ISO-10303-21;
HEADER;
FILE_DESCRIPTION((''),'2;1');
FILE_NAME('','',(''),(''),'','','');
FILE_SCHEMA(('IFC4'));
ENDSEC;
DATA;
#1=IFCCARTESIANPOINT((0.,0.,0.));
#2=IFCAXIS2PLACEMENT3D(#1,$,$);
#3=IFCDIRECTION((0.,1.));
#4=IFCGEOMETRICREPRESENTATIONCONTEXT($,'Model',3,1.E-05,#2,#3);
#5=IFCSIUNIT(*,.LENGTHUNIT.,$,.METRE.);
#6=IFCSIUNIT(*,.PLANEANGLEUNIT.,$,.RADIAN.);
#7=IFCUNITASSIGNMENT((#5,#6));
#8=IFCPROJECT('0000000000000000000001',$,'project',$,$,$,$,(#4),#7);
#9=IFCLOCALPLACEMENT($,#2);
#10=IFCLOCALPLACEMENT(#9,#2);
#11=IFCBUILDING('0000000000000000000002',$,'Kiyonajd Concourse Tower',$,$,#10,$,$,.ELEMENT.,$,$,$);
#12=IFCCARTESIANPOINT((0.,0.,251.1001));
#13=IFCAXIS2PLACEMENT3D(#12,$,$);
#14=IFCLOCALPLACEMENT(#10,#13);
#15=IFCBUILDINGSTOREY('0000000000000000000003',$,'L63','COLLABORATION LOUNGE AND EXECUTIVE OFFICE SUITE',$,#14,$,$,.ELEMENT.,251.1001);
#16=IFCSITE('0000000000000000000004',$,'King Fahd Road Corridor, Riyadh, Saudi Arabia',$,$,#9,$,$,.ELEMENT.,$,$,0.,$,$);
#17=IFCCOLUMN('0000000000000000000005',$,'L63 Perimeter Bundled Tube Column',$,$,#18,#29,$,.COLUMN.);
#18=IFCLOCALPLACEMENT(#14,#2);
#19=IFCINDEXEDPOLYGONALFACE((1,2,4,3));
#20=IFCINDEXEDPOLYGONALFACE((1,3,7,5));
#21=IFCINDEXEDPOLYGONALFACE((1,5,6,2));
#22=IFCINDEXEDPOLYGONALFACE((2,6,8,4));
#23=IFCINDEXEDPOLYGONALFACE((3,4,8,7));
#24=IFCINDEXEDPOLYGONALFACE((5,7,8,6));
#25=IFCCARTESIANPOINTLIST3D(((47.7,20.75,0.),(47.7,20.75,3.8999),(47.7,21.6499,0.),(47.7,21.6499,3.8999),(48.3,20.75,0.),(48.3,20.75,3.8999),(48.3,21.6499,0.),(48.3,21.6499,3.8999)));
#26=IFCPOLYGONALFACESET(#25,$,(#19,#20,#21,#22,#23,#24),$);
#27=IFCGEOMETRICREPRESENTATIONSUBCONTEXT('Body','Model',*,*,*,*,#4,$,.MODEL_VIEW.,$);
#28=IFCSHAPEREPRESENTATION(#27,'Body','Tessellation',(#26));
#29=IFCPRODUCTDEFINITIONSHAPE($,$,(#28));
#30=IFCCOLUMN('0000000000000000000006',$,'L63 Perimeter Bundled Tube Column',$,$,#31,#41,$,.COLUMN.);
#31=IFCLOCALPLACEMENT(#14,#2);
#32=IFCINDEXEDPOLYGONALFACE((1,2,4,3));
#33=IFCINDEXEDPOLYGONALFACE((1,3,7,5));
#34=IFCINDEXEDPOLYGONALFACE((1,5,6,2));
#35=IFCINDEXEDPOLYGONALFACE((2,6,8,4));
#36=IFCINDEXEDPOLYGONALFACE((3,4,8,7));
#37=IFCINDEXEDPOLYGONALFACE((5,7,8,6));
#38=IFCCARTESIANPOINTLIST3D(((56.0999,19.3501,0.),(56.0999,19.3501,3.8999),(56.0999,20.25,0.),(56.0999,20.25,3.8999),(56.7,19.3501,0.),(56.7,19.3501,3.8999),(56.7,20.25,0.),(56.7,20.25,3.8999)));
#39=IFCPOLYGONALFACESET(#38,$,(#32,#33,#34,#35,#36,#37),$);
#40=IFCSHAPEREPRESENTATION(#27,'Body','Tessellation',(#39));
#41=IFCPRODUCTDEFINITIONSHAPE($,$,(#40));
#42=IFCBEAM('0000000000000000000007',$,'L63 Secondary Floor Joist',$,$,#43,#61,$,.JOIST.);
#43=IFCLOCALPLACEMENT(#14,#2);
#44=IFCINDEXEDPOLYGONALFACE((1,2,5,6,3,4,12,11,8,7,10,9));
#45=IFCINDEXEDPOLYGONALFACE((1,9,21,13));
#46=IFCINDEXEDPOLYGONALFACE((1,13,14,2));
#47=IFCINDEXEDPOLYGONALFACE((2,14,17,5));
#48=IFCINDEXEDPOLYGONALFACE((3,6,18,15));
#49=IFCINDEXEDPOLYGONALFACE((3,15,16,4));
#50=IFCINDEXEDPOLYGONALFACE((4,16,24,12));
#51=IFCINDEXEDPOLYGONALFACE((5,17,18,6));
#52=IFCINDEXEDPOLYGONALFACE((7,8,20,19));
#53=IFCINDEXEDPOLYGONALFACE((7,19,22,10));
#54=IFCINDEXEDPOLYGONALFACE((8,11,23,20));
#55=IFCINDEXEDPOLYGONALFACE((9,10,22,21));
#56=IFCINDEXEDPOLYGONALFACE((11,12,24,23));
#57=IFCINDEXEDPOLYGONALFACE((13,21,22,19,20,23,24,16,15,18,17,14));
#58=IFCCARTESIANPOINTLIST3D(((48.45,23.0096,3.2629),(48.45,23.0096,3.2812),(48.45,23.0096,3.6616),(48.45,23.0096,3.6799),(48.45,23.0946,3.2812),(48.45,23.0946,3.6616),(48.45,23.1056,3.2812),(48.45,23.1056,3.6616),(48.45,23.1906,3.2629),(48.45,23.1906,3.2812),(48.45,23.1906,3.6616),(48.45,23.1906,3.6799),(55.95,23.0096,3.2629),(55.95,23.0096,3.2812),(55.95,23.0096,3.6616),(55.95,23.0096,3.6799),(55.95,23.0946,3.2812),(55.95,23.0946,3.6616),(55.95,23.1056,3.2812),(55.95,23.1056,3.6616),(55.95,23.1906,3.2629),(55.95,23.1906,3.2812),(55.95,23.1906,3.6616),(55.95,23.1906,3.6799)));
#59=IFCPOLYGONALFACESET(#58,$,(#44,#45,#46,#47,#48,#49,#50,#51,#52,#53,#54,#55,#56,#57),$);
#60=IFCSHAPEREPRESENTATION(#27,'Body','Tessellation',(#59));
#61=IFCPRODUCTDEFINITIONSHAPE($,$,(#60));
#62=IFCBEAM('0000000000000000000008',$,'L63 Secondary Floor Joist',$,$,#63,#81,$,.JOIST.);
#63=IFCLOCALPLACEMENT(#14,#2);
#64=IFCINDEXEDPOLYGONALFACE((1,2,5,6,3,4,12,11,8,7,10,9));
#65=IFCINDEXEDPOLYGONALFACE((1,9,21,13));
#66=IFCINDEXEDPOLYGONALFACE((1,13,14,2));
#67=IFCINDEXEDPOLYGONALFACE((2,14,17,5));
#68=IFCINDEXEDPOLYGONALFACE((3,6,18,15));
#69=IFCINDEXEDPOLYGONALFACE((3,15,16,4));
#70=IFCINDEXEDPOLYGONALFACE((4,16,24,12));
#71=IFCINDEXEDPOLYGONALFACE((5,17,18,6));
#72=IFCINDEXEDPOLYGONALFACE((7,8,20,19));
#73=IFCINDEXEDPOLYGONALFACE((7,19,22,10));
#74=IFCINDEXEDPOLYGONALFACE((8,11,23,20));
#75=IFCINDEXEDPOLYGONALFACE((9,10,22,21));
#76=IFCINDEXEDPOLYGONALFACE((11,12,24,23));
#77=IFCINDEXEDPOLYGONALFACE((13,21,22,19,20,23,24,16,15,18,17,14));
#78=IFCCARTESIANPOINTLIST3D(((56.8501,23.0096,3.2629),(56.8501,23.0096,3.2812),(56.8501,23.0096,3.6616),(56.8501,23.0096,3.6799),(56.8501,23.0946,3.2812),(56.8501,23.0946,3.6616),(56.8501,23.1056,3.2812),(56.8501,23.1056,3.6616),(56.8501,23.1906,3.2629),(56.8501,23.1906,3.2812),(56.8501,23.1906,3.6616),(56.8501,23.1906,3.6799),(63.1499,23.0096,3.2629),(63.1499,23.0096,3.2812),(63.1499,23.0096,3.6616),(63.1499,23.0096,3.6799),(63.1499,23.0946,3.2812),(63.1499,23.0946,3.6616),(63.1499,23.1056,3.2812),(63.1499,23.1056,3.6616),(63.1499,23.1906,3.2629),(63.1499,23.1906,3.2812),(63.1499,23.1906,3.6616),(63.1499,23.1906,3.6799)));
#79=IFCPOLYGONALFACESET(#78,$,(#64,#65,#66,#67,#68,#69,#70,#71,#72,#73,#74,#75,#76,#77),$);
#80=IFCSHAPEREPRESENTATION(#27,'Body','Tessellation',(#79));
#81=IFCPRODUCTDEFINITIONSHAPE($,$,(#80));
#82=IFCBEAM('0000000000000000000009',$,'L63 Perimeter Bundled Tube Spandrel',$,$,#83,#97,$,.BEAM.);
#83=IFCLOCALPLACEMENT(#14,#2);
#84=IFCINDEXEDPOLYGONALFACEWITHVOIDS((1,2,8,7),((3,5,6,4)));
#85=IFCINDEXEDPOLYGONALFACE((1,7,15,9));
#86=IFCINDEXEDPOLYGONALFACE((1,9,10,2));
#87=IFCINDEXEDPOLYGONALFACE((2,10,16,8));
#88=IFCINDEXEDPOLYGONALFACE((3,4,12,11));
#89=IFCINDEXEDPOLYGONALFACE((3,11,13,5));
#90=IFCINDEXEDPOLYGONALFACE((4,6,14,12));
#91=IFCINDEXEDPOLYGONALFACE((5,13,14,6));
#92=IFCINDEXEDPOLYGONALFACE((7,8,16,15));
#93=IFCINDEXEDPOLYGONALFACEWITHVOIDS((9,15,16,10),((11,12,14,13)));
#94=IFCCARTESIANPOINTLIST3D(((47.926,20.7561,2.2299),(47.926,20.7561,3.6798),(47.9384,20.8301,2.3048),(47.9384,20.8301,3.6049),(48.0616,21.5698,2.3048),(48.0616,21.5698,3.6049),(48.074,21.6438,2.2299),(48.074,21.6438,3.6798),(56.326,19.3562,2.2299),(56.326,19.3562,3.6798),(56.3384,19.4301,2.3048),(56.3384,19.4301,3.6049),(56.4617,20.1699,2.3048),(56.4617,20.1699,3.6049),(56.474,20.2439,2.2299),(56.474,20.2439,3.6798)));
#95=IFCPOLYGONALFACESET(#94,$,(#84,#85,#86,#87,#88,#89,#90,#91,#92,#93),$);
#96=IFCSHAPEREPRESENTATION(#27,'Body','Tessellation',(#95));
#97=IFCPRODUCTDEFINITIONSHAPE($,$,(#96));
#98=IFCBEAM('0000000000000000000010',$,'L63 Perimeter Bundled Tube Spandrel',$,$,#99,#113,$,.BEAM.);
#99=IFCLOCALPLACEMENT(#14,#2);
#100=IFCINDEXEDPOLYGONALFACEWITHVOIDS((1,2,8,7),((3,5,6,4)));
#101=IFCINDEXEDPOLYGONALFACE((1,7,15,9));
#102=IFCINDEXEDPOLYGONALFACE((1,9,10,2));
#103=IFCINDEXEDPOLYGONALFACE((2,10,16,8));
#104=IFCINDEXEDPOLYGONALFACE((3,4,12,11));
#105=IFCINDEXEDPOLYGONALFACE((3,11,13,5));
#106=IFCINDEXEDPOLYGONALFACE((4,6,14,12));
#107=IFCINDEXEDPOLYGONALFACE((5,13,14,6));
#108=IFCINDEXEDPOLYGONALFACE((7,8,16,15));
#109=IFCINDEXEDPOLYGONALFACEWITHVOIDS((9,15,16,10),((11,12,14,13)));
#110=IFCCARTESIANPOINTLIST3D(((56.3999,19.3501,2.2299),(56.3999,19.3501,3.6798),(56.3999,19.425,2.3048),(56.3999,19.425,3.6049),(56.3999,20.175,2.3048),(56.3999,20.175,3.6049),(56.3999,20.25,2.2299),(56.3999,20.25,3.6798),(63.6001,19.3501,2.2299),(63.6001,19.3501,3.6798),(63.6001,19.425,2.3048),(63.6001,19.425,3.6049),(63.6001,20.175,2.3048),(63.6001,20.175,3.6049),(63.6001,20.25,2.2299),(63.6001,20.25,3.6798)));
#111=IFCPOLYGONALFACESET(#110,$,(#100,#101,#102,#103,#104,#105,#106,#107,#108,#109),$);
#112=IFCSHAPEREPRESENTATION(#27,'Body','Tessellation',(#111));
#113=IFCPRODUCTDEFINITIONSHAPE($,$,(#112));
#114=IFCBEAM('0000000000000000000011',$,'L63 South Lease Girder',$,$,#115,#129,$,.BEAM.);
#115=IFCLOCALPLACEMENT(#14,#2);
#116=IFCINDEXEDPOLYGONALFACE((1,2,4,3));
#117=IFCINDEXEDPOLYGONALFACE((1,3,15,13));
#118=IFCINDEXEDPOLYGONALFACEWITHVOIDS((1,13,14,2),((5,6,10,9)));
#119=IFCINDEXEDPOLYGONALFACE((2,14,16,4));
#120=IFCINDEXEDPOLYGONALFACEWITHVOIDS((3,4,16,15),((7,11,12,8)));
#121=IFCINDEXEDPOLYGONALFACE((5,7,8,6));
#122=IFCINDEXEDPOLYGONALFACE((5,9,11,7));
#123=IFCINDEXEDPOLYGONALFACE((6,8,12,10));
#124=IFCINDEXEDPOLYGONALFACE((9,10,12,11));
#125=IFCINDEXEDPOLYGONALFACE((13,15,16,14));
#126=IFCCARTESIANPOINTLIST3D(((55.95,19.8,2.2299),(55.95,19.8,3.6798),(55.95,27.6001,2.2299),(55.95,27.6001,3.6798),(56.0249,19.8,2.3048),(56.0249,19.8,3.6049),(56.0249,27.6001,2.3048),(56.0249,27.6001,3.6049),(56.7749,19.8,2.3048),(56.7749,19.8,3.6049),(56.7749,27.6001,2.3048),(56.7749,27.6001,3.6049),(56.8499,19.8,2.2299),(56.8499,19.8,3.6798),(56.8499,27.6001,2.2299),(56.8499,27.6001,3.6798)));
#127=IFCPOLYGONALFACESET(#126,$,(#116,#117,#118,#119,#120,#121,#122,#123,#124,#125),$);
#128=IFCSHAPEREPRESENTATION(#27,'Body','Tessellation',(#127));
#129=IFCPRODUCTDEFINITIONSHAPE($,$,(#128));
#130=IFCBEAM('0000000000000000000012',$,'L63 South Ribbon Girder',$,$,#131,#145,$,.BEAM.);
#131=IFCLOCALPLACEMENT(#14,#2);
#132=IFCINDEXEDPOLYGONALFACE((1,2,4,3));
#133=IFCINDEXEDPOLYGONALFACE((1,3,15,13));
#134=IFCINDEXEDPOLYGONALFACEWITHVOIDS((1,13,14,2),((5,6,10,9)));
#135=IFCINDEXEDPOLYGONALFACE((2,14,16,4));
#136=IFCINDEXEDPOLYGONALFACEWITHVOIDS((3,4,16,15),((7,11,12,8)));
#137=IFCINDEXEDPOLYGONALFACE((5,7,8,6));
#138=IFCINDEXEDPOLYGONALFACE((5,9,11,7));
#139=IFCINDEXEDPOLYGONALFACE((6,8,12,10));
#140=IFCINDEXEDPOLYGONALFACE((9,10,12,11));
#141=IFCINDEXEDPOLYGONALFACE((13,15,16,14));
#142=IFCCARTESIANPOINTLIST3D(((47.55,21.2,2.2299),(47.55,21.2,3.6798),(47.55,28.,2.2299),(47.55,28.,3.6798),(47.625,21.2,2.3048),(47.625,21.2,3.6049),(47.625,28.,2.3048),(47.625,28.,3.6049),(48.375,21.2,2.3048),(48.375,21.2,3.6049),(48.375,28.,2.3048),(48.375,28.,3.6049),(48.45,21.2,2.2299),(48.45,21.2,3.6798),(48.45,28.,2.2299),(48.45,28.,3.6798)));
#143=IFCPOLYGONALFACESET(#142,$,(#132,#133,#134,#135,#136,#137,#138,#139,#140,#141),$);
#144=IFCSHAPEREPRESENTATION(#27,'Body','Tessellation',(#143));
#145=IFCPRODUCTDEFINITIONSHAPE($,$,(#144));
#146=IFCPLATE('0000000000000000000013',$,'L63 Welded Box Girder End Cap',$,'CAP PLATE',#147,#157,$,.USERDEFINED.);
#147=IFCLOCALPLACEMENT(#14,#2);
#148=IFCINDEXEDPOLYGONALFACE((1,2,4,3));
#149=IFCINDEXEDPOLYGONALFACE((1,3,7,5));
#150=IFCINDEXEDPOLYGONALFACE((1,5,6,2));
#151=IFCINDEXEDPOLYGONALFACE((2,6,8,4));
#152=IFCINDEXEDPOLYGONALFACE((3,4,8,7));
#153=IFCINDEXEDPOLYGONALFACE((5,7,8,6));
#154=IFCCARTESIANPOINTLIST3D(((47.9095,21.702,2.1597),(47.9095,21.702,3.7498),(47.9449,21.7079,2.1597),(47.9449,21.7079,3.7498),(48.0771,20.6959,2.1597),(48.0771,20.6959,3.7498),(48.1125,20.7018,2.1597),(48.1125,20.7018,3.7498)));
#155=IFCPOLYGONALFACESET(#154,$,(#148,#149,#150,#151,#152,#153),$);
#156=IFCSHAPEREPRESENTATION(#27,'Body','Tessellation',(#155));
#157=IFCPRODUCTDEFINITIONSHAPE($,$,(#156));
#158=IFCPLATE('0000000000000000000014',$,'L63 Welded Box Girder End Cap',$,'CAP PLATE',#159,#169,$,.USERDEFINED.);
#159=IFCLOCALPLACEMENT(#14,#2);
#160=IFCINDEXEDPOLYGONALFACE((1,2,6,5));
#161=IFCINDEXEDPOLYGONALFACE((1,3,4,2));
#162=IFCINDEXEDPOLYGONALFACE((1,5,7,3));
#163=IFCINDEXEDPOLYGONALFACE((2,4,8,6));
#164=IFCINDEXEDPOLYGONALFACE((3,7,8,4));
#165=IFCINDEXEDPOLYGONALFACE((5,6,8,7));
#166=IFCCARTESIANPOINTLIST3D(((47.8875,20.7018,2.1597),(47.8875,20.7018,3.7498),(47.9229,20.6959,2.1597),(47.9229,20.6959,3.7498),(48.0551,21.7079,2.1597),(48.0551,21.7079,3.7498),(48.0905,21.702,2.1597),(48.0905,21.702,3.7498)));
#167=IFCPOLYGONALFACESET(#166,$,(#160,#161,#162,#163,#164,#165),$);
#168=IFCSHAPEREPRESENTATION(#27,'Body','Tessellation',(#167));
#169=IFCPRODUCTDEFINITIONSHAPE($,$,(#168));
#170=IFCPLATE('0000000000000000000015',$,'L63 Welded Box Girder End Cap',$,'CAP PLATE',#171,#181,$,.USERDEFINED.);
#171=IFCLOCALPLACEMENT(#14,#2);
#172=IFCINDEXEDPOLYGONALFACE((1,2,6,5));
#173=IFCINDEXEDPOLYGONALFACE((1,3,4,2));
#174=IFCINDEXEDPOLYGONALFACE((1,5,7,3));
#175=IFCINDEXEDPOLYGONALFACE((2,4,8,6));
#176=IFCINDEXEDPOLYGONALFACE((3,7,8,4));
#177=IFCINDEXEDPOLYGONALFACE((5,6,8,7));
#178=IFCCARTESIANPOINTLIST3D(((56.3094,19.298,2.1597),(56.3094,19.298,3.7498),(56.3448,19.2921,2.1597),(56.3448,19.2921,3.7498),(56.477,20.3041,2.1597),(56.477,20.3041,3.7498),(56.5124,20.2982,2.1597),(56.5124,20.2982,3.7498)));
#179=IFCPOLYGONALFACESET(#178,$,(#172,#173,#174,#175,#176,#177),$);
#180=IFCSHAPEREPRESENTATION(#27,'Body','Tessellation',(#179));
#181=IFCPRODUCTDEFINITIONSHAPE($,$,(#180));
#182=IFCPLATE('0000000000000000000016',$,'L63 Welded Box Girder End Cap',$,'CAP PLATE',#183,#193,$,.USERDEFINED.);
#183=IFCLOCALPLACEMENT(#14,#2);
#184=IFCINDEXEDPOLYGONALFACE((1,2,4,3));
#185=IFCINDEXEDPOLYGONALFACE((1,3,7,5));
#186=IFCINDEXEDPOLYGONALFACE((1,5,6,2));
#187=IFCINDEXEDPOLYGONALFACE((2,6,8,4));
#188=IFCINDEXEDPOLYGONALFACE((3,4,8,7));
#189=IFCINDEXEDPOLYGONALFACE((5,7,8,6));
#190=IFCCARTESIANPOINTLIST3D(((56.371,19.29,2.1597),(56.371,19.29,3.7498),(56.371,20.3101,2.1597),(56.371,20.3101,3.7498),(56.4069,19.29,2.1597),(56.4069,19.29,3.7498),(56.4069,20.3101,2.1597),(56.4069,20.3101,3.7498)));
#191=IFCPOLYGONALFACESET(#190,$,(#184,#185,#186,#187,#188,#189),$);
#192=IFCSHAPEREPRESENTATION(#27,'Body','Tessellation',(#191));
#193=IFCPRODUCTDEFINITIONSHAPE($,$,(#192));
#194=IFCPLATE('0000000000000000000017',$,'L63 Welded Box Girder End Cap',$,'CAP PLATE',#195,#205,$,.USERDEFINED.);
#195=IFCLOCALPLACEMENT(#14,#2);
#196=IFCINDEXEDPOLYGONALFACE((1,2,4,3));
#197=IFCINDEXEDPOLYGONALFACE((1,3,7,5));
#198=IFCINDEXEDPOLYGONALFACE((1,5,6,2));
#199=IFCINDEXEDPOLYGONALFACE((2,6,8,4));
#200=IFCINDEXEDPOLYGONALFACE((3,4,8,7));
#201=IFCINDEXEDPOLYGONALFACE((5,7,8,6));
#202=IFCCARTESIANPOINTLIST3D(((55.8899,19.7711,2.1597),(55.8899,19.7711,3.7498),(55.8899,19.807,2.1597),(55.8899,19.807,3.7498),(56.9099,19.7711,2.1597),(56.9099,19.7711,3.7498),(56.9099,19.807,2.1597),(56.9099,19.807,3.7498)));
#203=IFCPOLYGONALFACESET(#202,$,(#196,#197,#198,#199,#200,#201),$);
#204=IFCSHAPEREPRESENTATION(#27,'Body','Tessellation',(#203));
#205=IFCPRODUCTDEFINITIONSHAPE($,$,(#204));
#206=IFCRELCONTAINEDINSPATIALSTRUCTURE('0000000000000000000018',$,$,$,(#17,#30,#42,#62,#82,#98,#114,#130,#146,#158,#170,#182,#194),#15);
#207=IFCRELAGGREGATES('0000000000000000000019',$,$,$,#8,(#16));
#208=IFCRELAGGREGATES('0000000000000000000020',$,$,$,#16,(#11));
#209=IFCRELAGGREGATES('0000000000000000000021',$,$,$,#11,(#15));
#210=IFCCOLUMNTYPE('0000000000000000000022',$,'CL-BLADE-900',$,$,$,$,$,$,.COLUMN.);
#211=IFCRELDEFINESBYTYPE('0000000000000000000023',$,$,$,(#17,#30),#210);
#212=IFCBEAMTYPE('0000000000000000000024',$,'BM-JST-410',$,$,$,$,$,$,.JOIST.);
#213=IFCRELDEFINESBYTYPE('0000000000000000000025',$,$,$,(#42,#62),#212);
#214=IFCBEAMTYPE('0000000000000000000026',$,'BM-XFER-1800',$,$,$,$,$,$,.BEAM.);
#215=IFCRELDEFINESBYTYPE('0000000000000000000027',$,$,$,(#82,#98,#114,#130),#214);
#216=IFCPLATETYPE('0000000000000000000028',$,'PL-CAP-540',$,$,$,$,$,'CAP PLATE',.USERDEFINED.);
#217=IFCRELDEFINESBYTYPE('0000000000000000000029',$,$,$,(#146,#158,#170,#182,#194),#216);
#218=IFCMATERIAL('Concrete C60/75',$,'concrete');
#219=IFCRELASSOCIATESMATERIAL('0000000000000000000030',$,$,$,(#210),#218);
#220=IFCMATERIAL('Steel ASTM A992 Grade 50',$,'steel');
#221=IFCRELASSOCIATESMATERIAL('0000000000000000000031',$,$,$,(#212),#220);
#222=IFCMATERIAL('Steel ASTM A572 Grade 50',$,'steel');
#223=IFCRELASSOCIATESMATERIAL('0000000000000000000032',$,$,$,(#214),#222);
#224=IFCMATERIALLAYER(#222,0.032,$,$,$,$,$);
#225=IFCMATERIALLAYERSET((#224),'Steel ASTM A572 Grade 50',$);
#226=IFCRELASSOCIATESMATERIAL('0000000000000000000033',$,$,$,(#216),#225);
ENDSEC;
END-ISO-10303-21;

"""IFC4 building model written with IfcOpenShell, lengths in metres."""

from ifc_helpers import new_model, si_unit, direction, frame, origin, origin_2d, place, context, subcontext, project, spatial, rectangle, hollow_rectangle, i_section, extrude, material, layer, layer_set, material_profile, profile_set, type_object, element, save


model = new_model("IFC4")

# Units and contexts
model_context = context("Model", 3, precision=1e-05, world=origin(), true_north=direction((0.0, 1.0)))
body_context = subcontext(model_context, "Body", "Model", "MODEL_VIEW")
ifc_project = project(units=[si_unit("LENGTHUNIT", "METRE"), si_unit("PLANEANGLEUNIT", "RADIAN")], contexts=[model_context])

# Site, building, storey
site_placement = place(None, origin())
site = spatial("IfcSite", under=ifc_project, at=site_placement, Name="King Fahd Road Corridor, Riyadh, Saudi Arabia", CompositionType="ELEMENT", RefElevation=0.0)
building_placement = place(site_placement, origin())
building = spatial("IfcBuilding", under=site, at=building_placement, Name="Kiyonajd Concourse Tower", CompositionType="ELEMENT")
storey_placement = place(building_placement, frame((0.0, 0.0, 251.1001)))
storey = spatial("IfcBuildingStorey", under=building, at=storey_placement, Name="L63", Description="COLLABORATION LOUNGE AND EXECUTIVE OFFICE SUITE", CompositionType="ELEMENT", Elevation=251.1001)

# Columns
ifc_material_1 = material(Name="Concrete C60/75", Category="concrete")
ifc_material_profile_1 = material_profile(ifc_material_1, rectangle(XDim=0.6001, YDim=0.8999, at=origin_2d()), Name="RC-900x600")
ifc_profile_set_1 = profile_set([ifc_material_profile_1], Name="Concrete C60/75")
column_type = type_object("IfcColumnType", Name="CL-BLADE-900", PredefinedType="COLUMN", material=ifc_profile_set_1)
for number, where, z_axis, x_axis, name in (
    (1, (48.0, 21.2, 0.0), (0.0, 0.0, 1.0), (1.0, 0.0, 0.0), "L63 Perimeter Bundled Tube Column"),
    (2, (56.3999, 19.8, 0.0), (0.0, 0.0, 1.0), (1.0, 0.0, 0.0), "L63 Perimeter Bundled Tube Column"),
):
    element("IfcColumn", number, at=place(storey_placement, frame(where, z_axis=z_axis, x_axis=x_axis)), inside=storey, type_object=column_type, Name=name, PredefinedType="COLUMN", context=body_context, shape_type="SweptSolid", body=[
        extrude(rectangle(XDim=0.6001, YDim=0.8999, at=origin_2d()), origin(), (0.0, 0.0, 1.0), 3.8999),
    ])

# Beams
ifc_material_2 = material(Name="Steel ASTM A992 Grade 50", Category="steel")
ifc_material_profile_2 = material_profile(ifc_material_2, i_section(OverallWidth=0.1809, OverallDepth=0.417, WebThickness=0.011, FlangeThickness=0.0183, at=origin_2d()), Name="W410X85")
ifc_profile_set_2 = profile_set([ifc_material_profile_2], Name="Steel ASTM A992 Grade 50")
beam_type_1 = type_object("IfcBeamType", Name="BM-JST-410", PredefinedType="JOIST", material=ifc_profile_set_2)
beam_1_placement = place(storey_placement, frame((48.45, 23.1001, 3.4714), z_axis=(1.0, 0.0, 0.0), x_axis=(0.0, 1.0, 0.0)))
element("IfcBeam", 3, at=beam_1_placement, inside=storey, type_object=beam_type_1, Name="L63 Secondary Floor Joist", PredefinedType="JOIST", context=body_context, shape_type="SweptSolid", body=[
    extrude(i_section(OverallWidth=0.1809, OverallDepth=0.417, WebThickness=0.011, FlangeThickness=0.0183, at=origin_2d()), origin(), (0.0, 0.0, 1.0), 7.5),
])
beam_2_placement = place(storey_placement, frame((56.8501, 23.1001, 3.4714), z_axis=(1.0, 0.0, 0.0), x_axis=(0.0, 1.0, 0.0)))
element("IfcBeam", 4, at=beam_2_placement, inside=storey, type_object=beam_type_1, Name="L63 Secondary Floor Joist", PredefinedType="JOIST", context=body_context, shape_type="SweptSolid", body=[
    extrude(i_section(OverallWidth=0.1809, OverallDepth=0.417, WebThickness=0.011, FlangeThickness=0.0183, at=origin_2d()), origin(), (0.0, 0.0, 1.0), 6.2998),
])
ifc_material_3 = material(Name="Steel ASTM A572 Grade 50", Category="steel")
ifc_material_profile_3 = material_profile(ifc_material_3, hollow_rectangle(XDim=0.8999, YDim=1.45, WallThickness=0.075, at=origin_2d()), Name="BOX-1450x900x75")
ifc_profile_set_3 = profile_set([ifc_material_profile_3], Name="Steel ASTM A572 Grade 50")
beam_type_2 = type_object("IfcBeamType", Name="BM-XFER-1800", PredefinedType="BEAM", material=ifc_profile_set_3)
beam_3_placement = place(storey_placement, frame((48.0, 21.2, 2.9548), z_axis=(0.986395, -0.16439, 0.0), x_axis=(0.16439, 0.986395, 0.0)))
element("IfcBeam", 5, at=beam_3_placement, inside=storey, type_object=beam_type_2, Name="L63 Perimeter Bundled Tube Spandrel", PredefinedType="BEAM", context=body_context, shape_type="SweptSolid", body=[
    extrude(hollow_rectangle(XDim=0.8999, YDim=1.45, WallThickness=0.075, at=origin_2d()), origin(), (0.0, 0.0, 1.0), 8.5159),
])
beam_4_placement = place(storey_placement, frame((56.3999, 19.8, 2.9548), z_axis=(1.0, 0.0, 0.0), x_axis=(0.0, 1.0, 0.0)))
element("IfcBeam", 6, at=beam_4_placement, inside=storey, type_object=beam_type_2, Name="L63 Perimeter Bundled Tube Spandrel", PredefinedType="BEAM", context=body_context, shape_type="SweptSolid", body=[
    extrude(hollow_rectangle(XDim=0.8999, YDim=1.45, WallThickness=0.075, at=origin_2d()), origin(), (0.0, 0.0, 1.0), 7.2002),
])
beam_5_placement = place(storey_placement, frame((56.3999, 19.8, 2.9548), z_axis=(0.0, 1.0, 0.0), x_axis=(-1.0, 0.0, 0.0)))
element("IfcBeam", 7, at=beam_5_placement, inside=storey, type_object=beam_type_2, Name="L63 South Lease Girder", PredefinedType="BEAM", context=body_context, shape_type="SweptSolid", body=[
    extrude(hollow_rectangle(XDim=0.8999, YDim=1.45, WallThickness=0.075, at=origin_2d()), origin(), (0.0, 0.0, 1.0), 7.8),
])
beam_6_placement = place(storey_placement, frame((48.0, 21.2, 2.9548), z_axis=(0.0, 1.0, 0.0), x_axis=(-1.0, 0.0, 0.0)))
element("IfcBeam", 8, at=beam_6_placement, inside=storey, type_object=beam_type_2, Name="L63 South Ribbon Girder", PredefinedType="BEAM", context=body_context, shape_type="SweptSolid", body=[
    extrude(hollow_rectangle(XDim=0.8999, YDim=1.45, WallThickness=0.075, at=origin_2d()), origin(), (0.0, 0.0, 1.0), 6.8),
])

# Plates
ifc_layer_1 = layer(ifc_material_3, 0.032)
ifc_layer_set_1 = layer_set([ifc_layer_1], Name="Steel ASTM A572 Grade 50")
plate_type_1 = type_object("IfcPlateType", Name="PL-CAP-540", ElementType="CAP PLATE", PredefinedType="USERDEFINED", material=ifc_layer_set_1)
for number, where, z_axis, x_axis, name in (
    (9, (48.011, 21.2019, 2.1597), (0.0, 0.0, 1.0), (0.986401, 0.164359, 0.0), "L63 Welded Box Girder End Cap"),
    (10, (47.989, 21.2019, 2.1597), (0.0, 0.0, 1.0), (-0.986401, 0.164359, 0.0), "L63 Welded Box Girder End Cap"),
    (11, (56.4109, 19.7981, 2.1597), (0.0, 0.0, 1.0), (0.986401, -0.164359, 0.0), "L63 Welded Box Girder End Cap"),
    (12, (56.3889, 19.8, 2.1597), (0.0, 0.0, 1.0), (-1.0, 0.0, 0.0), "L63 Welded Box Girder End Cap"),
    (13, (56.3999, 19.7891, 2.1597), (0.0, 0.0, 1.0), (0.0, -1.0, 0.0), "L63 Welded Box Girder End Cap"),
):
    element("IfcPlate", number, at=place(storey_placement, frame(where, z_axis=z_axis, x_axis=x_axis)), inside=storey, type_object=plate_type_1, Name=name, ObjectType="CAP PLATE", PredefinedType="USERDEFINED", context=body_context, shape_type="SweptSolid", body=[
        extrude(rectangle(XDim=0.0359, YDim=1.02, at=origin_2d()), origin(), (0.0, 0.0, 1.0), 1.5901),
    ])

save(model, "model.ifc")
